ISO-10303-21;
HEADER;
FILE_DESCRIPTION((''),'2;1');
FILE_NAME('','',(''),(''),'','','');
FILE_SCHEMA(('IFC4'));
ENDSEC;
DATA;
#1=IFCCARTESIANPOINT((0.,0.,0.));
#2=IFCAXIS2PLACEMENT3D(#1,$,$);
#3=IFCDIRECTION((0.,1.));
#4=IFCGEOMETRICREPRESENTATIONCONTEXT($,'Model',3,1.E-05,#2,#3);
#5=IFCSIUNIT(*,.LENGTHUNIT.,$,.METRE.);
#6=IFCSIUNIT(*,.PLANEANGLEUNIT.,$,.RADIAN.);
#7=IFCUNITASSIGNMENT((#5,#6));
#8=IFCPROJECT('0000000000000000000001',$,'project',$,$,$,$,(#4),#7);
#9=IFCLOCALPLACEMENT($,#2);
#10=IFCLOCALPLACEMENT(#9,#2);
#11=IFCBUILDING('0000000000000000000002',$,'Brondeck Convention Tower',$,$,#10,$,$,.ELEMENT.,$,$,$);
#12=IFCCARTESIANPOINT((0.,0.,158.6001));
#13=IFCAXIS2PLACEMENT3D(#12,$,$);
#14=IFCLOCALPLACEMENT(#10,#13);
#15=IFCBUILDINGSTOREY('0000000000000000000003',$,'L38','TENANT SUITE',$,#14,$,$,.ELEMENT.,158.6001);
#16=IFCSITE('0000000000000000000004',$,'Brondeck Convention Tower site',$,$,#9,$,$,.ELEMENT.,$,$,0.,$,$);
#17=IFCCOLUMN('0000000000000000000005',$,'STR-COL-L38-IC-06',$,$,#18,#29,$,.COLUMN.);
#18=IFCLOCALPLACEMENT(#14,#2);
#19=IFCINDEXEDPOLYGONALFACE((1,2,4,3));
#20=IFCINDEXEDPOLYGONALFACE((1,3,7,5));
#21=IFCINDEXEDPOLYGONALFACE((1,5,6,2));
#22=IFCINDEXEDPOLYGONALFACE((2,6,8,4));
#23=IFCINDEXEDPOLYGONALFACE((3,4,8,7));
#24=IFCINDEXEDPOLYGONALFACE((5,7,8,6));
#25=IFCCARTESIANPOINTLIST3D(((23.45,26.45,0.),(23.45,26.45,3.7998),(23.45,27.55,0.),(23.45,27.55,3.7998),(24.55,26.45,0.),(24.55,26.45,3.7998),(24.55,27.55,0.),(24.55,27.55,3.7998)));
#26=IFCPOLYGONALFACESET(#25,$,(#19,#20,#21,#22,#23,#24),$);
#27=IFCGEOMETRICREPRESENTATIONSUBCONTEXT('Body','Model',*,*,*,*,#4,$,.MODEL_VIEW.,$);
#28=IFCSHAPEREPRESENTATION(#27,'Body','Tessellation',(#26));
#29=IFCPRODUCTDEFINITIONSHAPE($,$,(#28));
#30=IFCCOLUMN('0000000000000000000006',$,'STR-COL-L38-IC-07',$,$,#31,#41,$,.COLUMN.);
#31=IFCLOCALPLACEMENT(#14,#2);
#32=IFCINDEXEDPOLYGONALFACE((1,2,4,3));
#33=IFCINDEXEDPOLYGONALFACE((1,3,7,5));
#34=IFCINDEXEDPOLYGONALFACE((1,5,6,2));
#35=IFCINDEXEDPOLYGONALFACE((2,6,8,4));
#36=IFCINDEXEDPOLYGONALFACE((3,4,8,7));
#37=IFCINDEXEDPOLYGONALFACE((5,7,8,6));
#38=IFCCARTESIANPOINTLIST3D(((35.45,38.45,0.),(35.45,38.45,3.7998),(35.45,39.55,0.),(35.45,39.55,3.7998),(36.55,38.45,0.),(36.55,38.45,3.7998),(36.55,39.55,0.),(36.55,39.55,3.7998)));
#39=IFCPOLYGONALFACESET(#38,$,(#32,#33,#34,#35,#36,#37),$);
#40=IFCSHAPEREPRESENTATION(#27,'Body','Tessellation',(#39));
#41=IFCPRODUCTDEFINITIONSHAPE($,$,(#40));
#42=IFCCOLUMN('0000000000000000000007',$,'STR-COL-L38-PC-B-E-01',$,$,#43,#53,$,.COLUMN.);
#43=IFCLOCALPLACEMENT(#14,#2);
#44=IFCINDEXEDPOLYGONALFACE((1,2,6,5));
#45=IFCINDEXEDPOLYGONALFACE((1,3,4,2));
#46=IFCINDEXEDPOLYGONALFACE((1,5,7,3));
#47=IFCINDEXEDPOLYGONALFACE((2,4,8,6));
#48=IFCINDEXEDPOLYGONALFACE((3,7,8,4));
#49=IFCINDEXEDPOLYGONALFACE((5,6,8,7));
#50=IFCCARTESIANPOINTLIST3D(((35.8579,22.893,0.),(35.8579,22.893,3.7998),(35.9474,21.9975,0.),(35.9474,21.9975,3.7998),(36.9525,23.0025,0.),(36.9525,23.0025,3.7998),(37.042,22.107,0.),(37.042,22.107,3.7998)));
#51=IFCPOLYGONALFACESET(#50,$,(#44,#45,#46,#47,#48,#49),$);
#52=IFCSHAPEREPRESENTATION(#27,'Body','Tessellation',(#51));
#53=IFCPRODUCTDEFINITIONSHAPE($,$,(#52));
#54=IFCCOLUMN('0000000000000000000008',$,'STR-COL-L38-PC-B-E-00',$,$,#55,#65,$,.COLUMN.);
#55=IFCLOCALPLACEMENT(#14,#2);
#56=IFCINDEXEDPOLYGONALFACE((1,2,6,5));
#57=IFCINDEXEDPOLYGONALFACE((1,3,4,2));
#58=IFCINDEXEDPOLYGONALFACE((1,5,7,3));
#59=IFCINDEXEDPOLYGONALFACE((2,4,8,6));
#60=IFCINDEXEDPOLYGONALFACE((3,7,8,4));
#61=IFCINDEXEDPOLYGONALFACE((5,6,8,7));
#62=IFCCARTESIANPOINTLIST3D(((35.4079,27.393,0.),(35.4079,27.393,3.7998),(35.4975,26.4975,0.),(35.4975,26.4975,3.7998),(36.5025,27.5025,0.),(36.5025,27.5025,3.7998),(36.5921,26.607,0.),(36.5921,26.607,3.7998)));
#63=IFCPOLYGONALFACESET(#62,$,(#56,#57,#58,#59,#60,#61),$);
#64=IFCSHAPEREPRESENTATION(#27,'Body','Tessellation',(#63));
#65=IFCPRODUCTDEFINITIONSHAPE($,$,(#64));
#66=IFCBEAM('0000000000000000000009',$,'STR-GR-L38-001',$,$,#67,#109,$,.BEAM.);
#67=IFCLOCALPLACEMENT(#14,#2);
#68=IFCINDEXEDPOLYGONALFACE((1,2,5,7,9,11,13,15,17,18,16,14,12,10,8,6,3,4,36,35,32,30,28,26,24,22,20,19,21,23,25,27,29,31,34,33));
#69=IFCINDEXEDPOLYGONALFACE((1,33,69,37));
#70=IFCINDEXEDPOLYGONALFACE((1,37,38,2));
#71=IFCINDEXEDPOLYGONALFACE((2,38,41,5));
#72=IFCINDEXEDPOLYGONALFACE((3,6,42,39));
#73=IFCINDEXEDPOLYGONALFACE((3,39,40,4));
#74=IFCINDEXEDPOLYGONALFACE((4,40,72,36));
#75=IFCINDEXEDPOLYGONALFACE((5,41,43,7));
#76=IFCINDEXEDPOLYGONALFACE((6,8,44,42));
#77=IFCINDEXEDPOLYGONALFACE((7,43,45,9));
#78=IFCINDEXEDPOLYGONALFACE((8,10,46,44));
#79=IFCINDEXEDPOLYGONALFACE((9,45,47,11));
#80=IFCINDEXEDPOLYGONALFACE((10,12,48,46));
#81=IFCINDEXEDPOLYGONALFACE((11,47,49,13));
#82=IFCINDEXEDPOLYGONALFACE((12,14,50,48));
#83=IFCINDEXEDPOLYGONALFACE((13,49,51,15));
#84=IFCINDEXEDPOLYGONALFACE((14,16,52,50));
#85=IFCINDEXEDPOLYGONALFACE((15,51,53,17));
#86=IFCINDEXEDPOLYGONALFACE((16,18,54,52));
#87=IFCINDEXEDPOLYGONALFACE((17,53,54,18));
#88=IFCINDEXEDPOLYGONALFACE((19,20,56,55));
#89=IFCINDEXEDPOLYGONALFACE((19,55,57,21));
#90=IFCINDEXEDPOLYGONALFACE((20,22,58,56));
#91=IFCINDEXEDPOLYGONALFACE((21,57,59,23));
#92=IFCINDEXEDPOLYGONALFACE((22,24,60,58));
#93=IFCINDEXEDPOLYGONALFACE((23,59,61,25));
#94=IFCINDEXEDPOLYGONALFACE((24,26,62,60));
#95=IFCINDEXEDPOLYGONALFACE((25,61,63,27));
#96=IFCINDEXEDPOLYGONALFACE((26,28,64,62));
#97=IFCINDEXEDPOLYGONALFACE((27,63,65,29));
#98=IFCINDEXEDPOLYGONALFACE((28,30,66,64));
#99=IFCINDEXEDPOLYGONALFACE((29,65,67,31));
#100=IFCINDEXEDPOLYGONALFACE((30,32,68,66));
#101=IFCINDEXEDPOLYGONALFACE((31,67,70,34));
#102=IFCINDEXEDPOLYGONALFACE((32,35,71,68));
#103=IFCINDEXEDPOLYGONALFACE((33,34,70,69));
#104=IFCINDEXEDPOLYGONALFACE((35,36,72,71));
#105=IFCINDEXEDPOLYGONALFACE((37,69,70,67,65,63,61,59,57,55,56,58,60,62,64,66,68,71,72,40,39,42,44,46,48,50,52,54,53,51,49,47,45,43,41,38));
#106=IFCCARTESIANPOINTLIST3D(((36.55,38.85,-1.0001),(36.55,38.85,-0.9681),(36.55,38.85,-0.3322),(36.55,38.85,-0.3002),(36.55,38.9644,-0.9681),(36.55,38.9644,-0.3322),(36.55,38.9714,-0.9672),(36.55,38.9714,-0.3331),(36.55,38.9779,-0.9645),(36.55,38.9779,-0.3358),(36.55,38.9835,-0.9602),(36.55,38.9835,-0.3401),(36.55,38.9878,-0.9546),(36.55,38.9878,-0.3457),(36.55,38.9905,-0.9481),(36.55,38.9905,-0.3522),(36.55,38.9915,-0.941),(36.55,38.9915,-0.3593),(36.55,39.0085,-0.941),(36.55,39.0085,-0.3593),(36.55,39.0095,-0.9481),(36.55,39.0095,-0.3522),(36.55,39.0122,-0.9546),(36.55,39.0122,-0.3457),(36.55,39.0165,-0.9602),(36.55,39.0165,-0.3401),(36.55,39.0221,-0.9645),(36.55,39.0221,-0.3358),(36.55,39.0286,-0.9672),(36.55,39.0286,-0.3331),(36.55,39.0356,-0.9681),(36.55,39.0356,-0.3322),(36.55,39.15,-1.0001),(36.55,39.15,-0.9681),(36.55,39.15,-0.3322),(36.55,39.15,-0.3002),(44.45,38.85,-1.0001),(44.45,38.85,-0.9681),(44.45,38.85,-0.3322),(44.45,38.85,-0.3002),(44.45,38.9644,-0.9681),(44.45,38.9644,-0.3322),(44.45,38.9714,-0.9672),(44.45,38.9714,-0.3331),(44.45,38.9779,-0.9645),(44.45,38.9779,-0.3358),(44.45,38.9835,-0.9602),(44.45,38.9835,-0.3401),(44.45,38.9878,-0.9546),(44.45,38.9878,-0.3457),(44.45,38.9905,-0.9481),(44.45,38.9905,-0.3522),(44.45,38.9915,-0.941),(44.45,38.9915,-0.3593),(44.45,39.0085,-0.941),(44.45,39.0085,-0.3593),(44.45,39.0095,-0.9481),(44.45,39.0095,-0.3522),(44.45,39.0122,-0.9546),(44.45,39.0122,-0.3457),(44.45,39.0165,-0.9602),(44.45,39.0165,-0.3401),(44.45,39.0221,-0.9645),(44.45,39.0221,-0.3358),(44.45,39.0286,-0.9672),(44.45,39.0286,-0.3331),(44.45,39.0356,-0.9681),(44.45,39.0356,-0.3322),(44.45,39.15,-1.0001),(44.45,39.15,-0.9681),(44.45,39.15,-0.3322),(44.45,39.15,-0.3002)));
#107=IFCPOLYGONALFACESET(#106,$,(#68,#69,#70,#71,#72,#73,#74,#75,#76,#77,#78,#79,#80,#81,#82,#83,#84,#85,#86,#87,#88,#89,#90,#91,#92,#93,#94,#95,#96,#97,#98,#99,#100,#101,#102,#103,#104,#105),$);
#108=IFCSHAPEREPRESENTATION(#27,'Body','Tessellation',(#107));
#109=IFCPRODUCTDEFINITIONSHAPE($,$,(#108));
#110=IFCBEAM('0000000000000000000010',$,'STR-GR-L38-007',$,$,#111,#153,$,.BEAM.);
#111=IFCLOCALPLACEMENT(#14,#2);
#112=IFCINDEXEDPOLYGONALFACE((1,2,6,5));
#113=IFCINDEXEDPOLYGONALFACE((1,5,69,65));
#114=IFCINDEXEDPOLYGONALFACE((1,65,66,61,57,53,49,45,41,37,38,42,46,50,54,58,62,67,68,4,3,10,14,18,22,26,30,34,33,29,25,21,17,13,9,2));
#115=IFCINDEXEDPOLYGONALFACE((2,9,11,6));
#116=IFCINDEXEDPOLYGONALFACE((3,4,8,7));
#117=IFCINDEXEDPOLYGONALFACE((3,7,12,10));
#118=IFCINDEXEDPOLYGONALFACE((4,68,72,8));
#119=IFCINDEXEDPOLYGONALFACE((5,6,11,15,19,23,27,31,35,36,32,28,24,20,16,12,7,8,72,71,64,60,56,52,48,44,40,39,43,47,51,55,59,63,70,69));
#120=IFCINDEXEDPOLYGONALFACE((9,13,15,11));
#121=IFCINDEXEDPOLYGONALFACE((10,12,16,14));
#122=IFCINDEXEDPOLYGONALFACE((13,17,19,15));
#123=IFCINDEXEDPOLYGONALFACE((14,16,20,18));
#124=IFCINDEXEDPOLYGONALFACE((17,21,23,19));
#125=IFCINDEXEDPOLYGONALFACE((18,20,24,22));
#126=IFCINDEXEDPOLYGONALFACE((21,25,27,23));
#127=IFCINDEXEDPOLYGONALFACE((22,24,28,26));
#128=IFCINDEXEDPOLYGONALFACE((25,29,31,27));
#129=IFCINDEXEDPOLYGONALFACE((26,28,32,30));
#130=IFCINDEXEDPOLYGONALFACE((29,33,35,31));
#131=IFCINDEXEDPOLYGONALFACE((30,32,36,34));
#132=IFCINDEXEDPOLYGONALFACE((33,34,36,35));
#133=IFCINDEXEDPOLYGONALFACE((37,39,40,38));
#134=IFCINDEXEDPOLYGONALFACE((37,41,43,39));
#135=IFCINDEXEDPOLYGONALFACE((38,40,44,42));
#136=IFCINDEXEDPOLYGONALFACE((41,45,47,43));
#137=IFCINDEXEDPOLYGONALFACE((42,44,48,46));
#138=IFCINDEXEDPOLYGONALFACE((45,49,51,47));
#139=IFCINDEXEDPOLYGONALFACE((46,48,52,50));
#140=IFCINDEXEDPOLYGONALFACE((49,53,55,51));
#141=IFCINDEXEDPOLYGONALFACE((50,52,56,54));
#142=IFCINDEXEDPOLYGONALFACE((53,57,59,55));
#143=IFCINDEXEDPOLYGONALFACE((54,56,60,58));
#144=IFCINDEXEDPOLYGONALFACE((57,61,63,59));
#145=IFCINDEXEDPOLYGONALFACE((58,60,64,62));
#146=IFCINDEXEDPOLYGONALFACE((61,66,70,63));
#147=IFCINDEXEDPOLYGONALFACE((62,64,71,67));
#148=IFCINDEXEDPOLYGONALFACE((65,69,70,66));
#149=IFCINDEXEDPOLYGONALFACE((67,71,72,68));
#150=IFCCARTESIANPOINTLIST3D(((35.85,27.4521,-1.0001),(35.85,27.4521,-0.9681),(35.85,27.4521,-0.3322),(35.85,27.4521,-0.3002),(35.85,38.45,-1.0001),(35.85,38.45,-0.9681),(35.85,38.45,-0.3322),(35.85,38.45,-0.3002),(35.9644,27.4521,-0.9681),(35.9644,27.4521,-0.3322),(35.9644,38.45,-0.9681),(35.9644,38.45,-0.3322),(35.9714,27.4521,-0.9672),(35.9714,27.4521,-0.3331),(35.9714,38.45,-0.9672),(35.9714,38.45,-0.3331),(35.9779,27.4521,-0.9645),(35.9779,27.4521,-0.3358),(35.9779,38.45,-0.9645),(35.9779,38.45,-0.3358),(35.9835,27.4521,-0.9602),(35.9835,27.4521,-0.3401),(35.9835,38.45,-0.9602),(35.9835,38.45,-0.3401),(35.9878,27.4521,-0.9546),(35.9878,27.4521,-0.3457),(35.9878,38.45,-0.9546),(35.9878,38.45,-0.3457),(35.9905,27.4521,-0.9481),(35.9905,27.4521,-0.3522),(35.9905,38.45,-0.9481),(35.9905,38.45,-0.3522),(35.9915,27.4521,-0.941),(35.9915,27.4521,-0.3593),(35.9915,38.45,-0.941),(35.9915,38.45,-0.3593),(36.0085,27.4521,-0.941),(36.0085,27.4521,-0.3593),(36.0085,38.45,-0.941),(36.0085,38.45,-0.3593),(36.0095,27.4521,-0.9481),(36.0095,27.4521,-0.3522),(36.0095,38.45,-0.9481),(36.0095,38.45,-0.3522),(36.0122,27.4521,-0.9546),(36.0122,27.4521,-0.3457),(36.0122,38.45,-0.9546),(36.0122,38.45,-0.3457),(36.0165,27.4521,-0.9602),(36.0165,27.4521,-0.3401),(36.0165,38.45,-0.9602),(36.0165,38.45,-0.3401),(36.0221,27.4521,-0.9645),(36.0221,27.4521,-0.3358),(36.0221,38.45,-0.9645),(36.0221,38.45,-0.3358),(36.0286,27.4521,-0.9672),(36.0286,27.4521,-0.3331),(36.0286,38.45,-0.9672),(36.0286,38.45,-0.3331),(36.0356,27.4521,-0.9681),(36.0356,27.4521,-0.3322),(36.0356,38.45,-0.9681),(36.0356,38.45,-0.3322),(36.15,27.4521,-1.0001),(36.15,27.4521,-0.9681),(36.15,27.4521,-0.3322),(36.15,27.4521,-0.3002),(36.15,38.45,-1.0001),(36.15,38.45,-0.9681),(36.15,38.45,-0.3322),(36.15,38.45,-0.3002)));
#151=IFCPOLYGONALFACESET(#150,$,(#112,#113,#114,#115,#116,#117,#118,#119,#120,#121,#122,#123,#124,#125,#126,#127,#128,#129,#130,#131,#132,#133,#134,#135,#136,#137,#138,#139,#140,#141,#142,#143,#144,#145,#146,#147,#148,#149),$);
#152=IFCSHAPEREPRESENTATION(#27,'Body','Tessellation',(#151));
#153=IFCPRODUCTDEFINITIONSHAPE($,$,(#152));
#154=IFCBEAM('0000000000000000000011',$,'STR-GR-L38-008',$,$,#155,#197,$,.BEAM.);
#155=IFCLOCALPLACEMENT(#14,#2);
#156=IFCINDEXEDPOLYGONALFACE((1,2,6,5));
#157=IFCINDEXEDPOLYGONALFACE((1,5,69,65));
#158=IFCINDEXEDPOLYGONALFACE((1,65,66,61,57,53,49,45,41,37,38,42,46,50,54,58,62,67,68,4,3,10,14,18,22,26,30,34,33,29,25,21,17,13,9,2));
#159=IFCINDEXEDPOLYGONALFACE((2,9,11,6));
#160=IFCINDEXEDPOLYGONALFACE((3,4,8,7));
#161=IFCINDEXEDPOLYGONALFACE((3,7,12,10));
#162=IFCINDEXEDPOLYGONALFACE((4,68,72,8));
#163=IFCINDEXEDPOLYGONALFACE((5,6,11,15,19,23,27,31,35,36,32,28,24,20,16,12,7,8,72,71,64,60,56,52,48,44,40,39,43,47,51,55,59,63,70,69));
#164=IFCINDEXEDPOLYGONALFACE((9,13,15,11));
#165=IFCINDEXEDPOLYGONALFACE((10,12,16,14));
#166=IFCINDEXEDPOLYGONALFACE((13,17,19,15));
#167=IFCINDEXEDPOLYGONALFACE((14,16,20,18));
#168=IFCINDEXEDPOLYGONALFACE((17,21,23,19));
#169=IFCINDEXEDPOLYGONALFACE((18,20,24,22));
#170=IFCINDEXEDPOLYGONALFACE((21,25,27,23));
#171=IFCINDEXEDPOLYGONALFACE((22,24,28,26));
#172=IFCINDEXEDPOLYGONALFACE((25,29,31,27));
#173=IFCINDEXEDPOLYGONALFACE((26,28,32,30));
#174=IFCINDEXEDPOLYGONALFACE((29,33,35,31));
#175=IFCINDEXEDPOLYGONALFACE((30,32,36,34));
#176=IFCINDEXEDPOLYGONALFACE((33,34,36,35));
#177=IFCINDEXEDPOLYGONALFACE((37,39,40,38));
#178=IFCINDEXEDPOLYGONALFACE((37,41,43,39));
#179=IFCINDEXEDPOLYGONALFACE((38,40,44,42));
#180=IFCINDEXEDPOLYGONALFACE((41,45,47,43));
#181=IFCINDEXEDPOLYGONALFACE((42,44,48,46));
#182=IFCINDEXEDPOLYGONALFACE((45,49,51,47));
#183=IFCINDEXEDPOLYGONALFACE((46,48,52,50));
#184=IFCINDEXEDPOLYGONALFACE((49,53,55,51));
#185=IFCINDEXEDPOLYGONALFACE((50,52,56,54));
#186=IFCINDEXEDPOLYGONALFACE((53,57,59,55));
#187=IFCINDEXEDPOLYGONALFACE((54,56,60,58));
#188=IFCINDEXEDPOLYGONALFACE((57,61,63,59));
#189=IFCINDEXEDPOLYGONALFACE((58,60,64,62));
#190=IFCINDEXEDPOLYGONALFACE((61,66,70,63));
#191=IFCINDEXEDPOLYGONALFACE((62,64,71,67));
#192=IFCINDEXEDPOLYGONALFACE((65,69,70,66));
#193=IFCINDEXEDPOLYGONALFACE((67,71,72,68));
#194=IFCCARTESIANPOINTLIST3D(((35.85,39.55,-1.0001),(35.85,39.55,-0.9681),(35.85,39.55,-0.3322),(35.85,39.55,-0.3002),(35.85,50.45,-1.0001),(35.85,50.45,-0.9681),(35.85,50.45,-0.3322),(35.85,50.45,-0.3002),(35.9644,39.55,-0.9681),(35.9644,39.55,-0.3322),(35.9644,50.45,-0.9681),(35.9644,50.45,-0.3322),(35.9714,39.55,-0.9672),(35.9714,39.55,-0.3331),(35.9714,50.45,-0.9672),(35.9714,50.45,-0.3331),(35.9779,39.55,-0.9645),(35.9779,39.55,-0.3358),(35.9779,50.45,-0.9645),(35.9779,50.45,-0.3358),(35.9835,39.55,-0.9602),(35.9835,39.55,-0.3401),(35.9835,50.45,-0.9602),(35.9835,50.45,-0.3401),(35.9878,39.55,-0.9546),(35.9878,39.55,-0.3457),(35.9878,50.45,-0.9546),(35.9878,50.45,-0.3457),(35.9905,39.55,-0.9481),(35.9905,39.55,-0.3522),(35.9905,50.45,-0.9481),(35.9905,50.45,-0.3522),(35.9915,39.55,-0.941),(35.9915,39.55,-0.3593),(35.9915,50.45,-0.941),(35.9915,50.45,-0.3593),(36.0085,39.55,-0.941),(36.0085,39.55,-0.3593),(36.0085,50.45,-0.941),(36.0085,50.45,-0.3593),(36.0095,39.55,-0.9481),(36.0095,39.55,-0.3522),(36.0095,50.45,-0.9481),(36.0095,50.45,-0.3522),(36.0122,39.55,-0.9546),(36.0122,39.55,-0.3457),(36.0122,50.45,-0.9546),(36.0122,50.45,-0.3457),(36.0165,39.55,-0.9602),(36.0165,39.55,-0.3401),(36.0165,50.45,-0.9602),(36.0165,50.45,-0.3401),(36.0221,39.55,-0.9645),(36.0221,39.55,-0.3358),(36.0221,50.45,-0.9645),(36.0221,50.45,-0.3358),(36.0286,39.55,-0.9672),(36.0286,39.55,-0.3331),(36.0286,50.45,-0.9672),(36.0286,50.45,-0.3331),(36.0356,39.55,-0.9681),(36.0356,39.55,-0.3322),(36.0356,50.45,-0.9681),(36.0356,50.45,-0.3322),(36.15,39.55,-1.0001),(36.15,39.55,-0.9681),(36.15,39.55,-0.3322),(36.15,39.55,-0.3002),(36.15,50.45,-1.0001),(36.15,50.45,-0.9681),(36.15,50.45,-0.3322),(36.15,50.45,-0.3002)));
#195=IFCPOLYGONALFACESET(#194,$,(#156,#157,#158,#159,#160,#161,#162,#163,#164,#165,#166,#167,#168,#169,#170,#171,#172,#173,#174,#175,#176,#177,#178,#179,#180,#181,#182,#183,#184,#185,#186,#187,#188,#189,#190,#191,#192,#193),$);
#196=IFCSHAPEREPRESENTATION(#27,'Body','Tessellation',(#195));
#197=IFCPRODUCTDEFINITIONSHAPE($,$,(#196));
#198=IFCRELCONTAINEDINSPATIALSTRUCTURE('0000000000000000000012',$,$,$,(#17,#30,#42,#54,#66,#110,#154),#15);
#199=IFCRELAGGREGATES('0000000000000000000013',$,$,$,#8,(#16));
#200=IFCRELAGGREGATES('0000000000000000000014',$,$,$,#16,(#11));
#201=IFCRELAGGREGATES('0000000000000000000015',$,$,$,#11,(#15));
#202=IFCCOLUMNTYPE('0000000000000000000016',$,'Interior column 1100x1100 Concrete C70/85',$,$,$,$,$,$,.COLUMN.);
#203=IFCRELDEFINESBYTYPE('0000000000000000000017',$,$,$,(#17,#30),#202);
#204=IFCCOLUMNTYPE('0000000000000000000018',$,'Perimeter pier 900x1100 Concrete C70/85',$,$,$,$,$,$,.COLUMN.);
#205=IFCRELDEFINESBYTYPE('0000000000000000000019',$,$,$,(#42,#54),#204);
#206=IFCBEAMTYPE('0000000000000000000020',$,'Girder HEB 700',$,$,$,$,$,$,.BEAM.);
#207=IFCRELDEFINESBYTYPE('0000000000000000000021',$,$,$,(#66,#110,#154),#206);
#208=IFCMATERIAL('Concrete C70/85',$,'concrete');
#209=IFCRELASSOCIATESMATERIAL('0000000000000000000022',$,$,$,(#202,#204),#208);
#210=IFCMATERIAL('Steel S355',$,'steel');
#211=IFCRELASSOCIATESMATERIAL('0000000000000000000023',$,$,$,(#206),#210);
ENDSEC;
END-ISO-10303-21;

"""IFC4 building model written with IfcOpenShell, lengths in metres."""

from ifc_helpers import new_model, si_unit, direction, frame, origin, origin_2d, place, context, subcontext, project, spatial, rectangle, i_section, extrude, material, material_profile, profile_set, type_object, element, save


model = new_model("IFC4")

# Units and contexts
model_context = context("Model", 3, precision=1e-05, world=origin(), true_north=direction((0.0, 1.0)))
body_context = subcontext(model_context, "Body", "Model", "MODEL_VIEW")
ifc_project = project(units=[si_unit("LENGTHUNIT", "METRE"), si_unit("PLANEANGLEUNIT", "RADIAN")], contexts=[model_context])

# Site, building, storey
site_placement = place(None, origin())
site = spatial("IfcSite", under=ifc_project, at=site_placement, Name="Brondeck Convention Tower site", CompositionType="ELEMENT", RefElevation=0.0)
building_placement = place(site_placement, origin())
building = spatial("IfcBuilding", under=site, at=building_placement, Name="Brondeck Convention Tower", CompositionType="ELEMENT")
storey_placement = place(building_placement, frame((0.0, 0.0, 158.6001)))
storey = spatial("IfcBuildingStorey", under=building, at=storey_placement, Name="L38", Description="TENANT SUITE", CompositionType="ELEMENT", Elevation=158.6001)

# Columns
ifc_material_1 = material(Name="Concrete C70/85", Category="concrete")
ifc_material_profile_1 = material_profile(ifc_material_1, rectangle(XDim=1.1001, YDim=1.1001, at=origin_2d()), Name="Interior column 1100x1100 Concrete C70/85")
ifc_profile_set_1 = profile_set([ifc_material_profile_1], Name="Concrete C70/85")
column_type_1 = type_object("IfcColumnType", Name="Interior column 1100x1100 Concrete C70/85", PredefinedType="COLUMN", material=ifc_profile_set_1)
for number, where, z_axis, x_axis, name in (
    (1, (24.0, 27.0, 0.0), (0.0, 0.0, 1.0), (1.0, 0.0, 0.0), "STR-COL-L38-IC-06"),
    (2, (36.0, 39.0, 0.0), (0.0, 0.0, 1.0), (1.0, 0.0, 0.0), "STR-COL-L38-IC-07"),
):
    element("IfcColumn", number, at=place(storey_placement, frame(where, z_axis=z_axis, x_axis=x_axis)), inside=storey, type_object=column_type_1, Name=name, PredefinedType="COLUMN", context=body_context, shape_type="SweptSolid", body=[
        extrude(rectangle(XDim=1.1001, YDim=1.1001, at=origin_2d()), origin(), (0.0, 0.0, 1.0), 3.7998),
    ])
ifc_material_profile_2 = material_profile(ifc_material_1, rectangle(XDim=0.8999, YDim=1.1001, at=origin_2d()), Name="Perimeter pier 900x1100 Concrete C70/85")
ifc_profile_set_2 = profile_set([ifc_material_profile_2], Name="Concrete C70/85")
column_type_2 = type_object("IfcColumnType", Name="Perimeter pier 900x1100 Concrete C70/85", PredefinedType="COLUMN", material=ifc_profile_set_2)
for number, where, z_axis, x_axis, name in (
    (3, (36.45, 22.5, 0.0), (0.0, 0.0, 1.0), (-0.099504, 0.995037, 0.0), "STR-COL-L38-PC-B-E-01"),
    (4, (36.0, 27.0, 0.0), (0.0, 0.0, 1.0), (-0.099504, 0.995037, 0.0), "STR-COL-L38-PC-B-E-00"),
):
    element("IfcColumn", number, at=place(storey_placement, frame(where, z_axis=z_axis, x_axis=x_axis)), inside=storey, type_object=column_type_2, Name=name, PredefinedType="COLUMN", context=body_context, shape_type="SweptSolid", body=[
        extrude(rectangle(XDim=0.8999, YDim=1.1001, at=origin_2d()), origin(), (0.0, 0.0, 1.0), 3.7998),
    ])

# Beams
ifc_material_2 = material(Name="Steel S355", Category="steel")
ifc_material_profile_3 = material_profile(ifc_material_2, i_section(OverallWidth=0.3, OverallDepth=0.7, WebThickness=0.0171, FlangeThickness=0.032, FilletRadius=0.0271, at=origin_2d()), Name="HEB 700")
ifc_profile_set_3 = profile_set([ifc_material_profile_3], Name="Steel S355")
beam_type_1 = type_object("IfcBeamType", Name="Girder HEB 700", PredefinedType="BEAM", material=ifc_profile_set_3)
beam_1_placement = place(storey_placement, frame((36.55, 39.0, -0.6501), z_axis=(1.0, 0.0, 0.0), x_axis=(0.0, 1.0, 0.0)))
element("IfcBeam", 5, at=beam_1_placement, inside=storey, type_object=beam_type_1, Name="STR-GR-L38-001", PredefinedType="BEAM", context=body_context, shape_type="SweptSolid", body=[
    extrude(i_section(OverallWidth=0.3, OverallDepth=0.7, WebThickness=0.0171, FlangeThickness=0.032, FilletRadius=0.0271, at=origin_2d()), origin(), (0.0, 0.0, 1.0), 7.8999),
])
beam_2_placement = place(storey_placement, frame((36.0, 27.4521, -0.6501), z_axis=(0.0, 1.0, 0.0), x_axis=(-1.0, 0.0, 0.0)))
element("IfcBeam", 6, at=beam_2_placement, inside=storey, type_object=beam_type_1, Name="STR-GR-L38-007", PredefinedType="BEAM", context=body_context, shape_type="SweptSolid", body=[
    extrude(i_section(OverallWidth=0.3, OverallDepth=0.7, WebThickness=0.0171, FlangeThickness=0.032, FilletRadius=0.0271, at=origin_2d()), origin(), (0.0, 0.0, 1.0), 10.9978),
])
beam_3_placement = place(storey_placement, frame((36.0, 39.55, -0.6501), z_axis=(0.0, 1.0, 0.0), x_axis=(-1.0, 0.0, 0.0)))
element("IfcBeam", 7, at=beam_3_placement, inside=storey, type_object=beam_type_1, Name="STR-GR-L38-008", PredefinedType="BEAM", context=body_context, shape_type="SweptSolid", body=[
    extrude(i_section(OverallWidth=0.3, OverallDepth=0.7, WebThickness=0.0171, FlangeThickness=0.032, FilletRadius=0.0271, at=origin_2d()), origin(), (0.0, 0.0, 1.0), 10.8999),
])

save(model, "model.ifc")
